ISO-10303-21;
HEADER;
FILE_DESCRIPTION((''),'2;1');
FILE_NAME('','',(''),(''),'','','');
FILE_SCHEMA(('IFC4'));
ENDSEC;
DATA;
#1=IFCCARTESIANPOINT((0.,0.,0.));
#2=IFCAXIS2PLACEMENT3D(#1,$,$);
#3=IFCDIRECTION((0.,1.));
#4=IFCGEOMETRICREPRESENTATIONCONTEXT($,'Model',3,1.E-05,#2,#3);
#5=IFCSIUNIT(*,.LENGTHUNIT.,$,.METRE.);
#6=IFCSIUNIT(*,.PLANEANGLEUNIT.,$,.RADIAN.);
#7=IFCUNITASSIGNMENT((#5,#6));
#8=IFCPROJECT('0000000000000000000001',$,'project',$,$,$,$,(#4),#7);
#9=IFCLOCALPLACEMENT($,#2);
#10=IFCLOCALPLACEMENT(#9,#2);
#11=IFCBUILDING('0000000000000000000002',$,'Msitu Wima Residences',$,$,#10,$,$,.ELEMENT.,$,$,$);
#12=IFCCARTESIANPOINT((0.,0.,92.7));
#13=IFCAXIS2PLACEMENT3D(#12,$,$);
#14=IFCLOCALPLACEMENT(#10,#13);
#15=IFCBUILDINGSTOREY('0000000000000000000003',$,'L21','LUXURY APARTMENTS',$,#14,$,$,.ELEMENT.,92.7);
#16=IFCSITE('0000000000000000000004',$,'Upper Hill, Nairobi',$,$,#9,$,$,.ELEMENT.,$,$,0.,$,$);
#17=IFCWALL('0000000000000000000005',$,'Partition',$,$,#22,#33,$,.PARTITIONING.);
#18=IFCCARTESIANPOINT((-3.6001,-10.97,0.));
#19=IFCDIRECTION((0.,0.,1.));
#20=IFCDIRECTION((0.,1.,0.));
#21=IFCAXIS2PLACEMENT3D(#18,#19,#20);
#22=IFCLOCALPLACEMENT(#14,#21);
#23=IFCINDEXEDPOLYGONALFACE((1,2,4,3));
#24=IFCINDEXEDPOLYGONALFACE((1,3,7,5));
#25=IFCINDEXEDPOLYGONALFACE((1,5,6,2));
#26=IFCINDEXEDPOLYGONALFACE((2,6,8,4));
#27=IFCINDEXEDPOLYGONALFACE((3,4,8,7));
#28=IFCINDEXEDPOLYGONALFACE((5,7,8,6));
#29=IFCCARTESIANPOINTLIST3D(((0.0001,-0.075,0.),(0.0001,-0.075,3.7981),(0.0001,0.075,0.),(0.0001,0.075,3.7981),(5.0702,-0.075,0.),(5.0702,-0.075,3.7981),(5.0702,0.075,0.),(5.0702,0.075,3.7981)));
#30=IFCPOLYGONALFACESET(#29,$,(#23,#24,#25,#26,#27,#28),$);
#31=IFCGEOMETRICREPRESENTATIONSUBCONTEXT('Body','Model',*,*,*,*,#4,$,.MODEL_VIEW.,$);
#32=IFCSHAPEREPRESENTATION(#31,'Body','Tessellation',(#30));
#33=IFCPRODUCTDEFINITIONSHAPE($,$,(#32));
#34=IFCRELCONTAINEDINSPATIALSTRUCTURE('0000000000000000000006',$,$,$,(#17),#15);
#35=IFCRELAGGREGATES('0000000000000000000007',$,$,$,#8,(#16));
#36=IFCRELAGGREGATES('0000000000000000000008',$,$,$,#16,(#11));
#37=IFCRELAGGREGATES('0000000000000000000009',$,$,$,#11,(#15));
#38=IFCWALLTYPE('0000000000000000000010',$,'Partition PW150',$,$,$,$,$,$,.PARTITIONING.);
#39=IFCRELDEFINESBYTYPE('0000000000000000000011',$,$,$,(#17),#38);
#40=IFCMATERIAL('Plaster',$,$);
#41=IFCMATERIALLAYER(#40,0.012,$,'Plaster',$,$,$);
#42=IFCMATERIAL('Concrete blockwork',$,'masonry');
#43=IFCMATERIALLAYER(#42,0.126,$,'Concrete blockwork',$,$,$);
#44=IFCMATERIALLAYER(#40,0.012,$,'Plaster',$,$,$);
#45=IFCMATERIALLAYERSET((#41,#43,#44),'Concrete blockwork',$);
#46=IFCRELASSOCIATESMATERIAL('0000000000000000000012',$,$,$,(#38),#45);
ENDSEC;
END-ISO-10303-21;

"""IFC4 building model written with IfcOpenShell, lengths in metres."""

from ifc_helpers import new_model, si_unit, direction, frame, frame_2d, origin, place, context, subcontext, project, spatial, rectangle, extrude, material, layer, layer_set, type_object, element, save


model = new_model("IFC4")

# Units and contexts
model_context = context("Model", 3, precision=1e-05, world=origin(), true_north=direction((0.0, 1.0)))
body_context = subcontext(model_context, "Body", "Model", "MODEL_VIEW")
ifc_project = project(units=[si_unit("LENGTHUNIT", "METRE"), si_unit("PLANEANGLEUNIT", "RADIAN")], contexts=[model_context])

# Site, building, storey
site_placement = place(None, origin())
site = spatial("IfcSite", under=ifc_project, at=site_placement, Name="Upper Hill, Nairobi", CompositionType="ELEMENT", RefElevation=0.0)
building_placement = place(site_placement, origin())
building = spatial("IfcBuilding", under=site, at=building_placement, Name="Msitu Wima Residences", CompositionType="ELEMENT")
storey_placement = place(building_placement, frame((0.0, 0.0, 92.7)))
storey = spatial("IfcBuildingStorey", under=building, at=storey_placement, Name="L21", Description="LUXURY APARTMENTS", CompositionType="ELEMENT", Elevation=92.7)

# Shared definitions
ifc_material_1 = material(Name="Plaster")
ifc_material_2 = material(Name="Concrete blockwork", Category="masonry")

# Wall
ifc_layer_1 = layer(ifc_material_1, 0.012, Name="Plaster")
ifc_layer_2 = layer(ifc_material_2, 0.126, Name="Concrete blockwork")
ifc_layer_3 = layer(ifc_material_1, 0.012, Name="Plaster")
ifc_layer_set_1 = layer_set([ifc_layer_1, ifc_layer_2, ifc_layer_3], Name="Concrete blockwork")
wall_type_1 = type_object("IfcWallType", Name="Partition PW150", PredefinedType="PARTITIONING", material=ifc_layer_set_1)
wall_1_placement = place(storey_placement, frame((-3.6001, -10.97, 0.0), z_axis=(0.0, 0.0, 1.0), x_axis=(0.0, 1.0, 0.0)))
element("IfcWall", 1, at=wall_1_placement, inside=storey, type_object=wall_type_1, Name="Partition", PredefinedType="PARTITIONING", context=body_context, shape_type="SweptSolid", body=[
    extrude(rectangle(XDim=5.0701, YDim=0.1499, at=frame_2d((2.5352, 0.0))), origin(), (0.0, 0.0, 1.0), 3.7981),
])

save(model, "model.ifc")
